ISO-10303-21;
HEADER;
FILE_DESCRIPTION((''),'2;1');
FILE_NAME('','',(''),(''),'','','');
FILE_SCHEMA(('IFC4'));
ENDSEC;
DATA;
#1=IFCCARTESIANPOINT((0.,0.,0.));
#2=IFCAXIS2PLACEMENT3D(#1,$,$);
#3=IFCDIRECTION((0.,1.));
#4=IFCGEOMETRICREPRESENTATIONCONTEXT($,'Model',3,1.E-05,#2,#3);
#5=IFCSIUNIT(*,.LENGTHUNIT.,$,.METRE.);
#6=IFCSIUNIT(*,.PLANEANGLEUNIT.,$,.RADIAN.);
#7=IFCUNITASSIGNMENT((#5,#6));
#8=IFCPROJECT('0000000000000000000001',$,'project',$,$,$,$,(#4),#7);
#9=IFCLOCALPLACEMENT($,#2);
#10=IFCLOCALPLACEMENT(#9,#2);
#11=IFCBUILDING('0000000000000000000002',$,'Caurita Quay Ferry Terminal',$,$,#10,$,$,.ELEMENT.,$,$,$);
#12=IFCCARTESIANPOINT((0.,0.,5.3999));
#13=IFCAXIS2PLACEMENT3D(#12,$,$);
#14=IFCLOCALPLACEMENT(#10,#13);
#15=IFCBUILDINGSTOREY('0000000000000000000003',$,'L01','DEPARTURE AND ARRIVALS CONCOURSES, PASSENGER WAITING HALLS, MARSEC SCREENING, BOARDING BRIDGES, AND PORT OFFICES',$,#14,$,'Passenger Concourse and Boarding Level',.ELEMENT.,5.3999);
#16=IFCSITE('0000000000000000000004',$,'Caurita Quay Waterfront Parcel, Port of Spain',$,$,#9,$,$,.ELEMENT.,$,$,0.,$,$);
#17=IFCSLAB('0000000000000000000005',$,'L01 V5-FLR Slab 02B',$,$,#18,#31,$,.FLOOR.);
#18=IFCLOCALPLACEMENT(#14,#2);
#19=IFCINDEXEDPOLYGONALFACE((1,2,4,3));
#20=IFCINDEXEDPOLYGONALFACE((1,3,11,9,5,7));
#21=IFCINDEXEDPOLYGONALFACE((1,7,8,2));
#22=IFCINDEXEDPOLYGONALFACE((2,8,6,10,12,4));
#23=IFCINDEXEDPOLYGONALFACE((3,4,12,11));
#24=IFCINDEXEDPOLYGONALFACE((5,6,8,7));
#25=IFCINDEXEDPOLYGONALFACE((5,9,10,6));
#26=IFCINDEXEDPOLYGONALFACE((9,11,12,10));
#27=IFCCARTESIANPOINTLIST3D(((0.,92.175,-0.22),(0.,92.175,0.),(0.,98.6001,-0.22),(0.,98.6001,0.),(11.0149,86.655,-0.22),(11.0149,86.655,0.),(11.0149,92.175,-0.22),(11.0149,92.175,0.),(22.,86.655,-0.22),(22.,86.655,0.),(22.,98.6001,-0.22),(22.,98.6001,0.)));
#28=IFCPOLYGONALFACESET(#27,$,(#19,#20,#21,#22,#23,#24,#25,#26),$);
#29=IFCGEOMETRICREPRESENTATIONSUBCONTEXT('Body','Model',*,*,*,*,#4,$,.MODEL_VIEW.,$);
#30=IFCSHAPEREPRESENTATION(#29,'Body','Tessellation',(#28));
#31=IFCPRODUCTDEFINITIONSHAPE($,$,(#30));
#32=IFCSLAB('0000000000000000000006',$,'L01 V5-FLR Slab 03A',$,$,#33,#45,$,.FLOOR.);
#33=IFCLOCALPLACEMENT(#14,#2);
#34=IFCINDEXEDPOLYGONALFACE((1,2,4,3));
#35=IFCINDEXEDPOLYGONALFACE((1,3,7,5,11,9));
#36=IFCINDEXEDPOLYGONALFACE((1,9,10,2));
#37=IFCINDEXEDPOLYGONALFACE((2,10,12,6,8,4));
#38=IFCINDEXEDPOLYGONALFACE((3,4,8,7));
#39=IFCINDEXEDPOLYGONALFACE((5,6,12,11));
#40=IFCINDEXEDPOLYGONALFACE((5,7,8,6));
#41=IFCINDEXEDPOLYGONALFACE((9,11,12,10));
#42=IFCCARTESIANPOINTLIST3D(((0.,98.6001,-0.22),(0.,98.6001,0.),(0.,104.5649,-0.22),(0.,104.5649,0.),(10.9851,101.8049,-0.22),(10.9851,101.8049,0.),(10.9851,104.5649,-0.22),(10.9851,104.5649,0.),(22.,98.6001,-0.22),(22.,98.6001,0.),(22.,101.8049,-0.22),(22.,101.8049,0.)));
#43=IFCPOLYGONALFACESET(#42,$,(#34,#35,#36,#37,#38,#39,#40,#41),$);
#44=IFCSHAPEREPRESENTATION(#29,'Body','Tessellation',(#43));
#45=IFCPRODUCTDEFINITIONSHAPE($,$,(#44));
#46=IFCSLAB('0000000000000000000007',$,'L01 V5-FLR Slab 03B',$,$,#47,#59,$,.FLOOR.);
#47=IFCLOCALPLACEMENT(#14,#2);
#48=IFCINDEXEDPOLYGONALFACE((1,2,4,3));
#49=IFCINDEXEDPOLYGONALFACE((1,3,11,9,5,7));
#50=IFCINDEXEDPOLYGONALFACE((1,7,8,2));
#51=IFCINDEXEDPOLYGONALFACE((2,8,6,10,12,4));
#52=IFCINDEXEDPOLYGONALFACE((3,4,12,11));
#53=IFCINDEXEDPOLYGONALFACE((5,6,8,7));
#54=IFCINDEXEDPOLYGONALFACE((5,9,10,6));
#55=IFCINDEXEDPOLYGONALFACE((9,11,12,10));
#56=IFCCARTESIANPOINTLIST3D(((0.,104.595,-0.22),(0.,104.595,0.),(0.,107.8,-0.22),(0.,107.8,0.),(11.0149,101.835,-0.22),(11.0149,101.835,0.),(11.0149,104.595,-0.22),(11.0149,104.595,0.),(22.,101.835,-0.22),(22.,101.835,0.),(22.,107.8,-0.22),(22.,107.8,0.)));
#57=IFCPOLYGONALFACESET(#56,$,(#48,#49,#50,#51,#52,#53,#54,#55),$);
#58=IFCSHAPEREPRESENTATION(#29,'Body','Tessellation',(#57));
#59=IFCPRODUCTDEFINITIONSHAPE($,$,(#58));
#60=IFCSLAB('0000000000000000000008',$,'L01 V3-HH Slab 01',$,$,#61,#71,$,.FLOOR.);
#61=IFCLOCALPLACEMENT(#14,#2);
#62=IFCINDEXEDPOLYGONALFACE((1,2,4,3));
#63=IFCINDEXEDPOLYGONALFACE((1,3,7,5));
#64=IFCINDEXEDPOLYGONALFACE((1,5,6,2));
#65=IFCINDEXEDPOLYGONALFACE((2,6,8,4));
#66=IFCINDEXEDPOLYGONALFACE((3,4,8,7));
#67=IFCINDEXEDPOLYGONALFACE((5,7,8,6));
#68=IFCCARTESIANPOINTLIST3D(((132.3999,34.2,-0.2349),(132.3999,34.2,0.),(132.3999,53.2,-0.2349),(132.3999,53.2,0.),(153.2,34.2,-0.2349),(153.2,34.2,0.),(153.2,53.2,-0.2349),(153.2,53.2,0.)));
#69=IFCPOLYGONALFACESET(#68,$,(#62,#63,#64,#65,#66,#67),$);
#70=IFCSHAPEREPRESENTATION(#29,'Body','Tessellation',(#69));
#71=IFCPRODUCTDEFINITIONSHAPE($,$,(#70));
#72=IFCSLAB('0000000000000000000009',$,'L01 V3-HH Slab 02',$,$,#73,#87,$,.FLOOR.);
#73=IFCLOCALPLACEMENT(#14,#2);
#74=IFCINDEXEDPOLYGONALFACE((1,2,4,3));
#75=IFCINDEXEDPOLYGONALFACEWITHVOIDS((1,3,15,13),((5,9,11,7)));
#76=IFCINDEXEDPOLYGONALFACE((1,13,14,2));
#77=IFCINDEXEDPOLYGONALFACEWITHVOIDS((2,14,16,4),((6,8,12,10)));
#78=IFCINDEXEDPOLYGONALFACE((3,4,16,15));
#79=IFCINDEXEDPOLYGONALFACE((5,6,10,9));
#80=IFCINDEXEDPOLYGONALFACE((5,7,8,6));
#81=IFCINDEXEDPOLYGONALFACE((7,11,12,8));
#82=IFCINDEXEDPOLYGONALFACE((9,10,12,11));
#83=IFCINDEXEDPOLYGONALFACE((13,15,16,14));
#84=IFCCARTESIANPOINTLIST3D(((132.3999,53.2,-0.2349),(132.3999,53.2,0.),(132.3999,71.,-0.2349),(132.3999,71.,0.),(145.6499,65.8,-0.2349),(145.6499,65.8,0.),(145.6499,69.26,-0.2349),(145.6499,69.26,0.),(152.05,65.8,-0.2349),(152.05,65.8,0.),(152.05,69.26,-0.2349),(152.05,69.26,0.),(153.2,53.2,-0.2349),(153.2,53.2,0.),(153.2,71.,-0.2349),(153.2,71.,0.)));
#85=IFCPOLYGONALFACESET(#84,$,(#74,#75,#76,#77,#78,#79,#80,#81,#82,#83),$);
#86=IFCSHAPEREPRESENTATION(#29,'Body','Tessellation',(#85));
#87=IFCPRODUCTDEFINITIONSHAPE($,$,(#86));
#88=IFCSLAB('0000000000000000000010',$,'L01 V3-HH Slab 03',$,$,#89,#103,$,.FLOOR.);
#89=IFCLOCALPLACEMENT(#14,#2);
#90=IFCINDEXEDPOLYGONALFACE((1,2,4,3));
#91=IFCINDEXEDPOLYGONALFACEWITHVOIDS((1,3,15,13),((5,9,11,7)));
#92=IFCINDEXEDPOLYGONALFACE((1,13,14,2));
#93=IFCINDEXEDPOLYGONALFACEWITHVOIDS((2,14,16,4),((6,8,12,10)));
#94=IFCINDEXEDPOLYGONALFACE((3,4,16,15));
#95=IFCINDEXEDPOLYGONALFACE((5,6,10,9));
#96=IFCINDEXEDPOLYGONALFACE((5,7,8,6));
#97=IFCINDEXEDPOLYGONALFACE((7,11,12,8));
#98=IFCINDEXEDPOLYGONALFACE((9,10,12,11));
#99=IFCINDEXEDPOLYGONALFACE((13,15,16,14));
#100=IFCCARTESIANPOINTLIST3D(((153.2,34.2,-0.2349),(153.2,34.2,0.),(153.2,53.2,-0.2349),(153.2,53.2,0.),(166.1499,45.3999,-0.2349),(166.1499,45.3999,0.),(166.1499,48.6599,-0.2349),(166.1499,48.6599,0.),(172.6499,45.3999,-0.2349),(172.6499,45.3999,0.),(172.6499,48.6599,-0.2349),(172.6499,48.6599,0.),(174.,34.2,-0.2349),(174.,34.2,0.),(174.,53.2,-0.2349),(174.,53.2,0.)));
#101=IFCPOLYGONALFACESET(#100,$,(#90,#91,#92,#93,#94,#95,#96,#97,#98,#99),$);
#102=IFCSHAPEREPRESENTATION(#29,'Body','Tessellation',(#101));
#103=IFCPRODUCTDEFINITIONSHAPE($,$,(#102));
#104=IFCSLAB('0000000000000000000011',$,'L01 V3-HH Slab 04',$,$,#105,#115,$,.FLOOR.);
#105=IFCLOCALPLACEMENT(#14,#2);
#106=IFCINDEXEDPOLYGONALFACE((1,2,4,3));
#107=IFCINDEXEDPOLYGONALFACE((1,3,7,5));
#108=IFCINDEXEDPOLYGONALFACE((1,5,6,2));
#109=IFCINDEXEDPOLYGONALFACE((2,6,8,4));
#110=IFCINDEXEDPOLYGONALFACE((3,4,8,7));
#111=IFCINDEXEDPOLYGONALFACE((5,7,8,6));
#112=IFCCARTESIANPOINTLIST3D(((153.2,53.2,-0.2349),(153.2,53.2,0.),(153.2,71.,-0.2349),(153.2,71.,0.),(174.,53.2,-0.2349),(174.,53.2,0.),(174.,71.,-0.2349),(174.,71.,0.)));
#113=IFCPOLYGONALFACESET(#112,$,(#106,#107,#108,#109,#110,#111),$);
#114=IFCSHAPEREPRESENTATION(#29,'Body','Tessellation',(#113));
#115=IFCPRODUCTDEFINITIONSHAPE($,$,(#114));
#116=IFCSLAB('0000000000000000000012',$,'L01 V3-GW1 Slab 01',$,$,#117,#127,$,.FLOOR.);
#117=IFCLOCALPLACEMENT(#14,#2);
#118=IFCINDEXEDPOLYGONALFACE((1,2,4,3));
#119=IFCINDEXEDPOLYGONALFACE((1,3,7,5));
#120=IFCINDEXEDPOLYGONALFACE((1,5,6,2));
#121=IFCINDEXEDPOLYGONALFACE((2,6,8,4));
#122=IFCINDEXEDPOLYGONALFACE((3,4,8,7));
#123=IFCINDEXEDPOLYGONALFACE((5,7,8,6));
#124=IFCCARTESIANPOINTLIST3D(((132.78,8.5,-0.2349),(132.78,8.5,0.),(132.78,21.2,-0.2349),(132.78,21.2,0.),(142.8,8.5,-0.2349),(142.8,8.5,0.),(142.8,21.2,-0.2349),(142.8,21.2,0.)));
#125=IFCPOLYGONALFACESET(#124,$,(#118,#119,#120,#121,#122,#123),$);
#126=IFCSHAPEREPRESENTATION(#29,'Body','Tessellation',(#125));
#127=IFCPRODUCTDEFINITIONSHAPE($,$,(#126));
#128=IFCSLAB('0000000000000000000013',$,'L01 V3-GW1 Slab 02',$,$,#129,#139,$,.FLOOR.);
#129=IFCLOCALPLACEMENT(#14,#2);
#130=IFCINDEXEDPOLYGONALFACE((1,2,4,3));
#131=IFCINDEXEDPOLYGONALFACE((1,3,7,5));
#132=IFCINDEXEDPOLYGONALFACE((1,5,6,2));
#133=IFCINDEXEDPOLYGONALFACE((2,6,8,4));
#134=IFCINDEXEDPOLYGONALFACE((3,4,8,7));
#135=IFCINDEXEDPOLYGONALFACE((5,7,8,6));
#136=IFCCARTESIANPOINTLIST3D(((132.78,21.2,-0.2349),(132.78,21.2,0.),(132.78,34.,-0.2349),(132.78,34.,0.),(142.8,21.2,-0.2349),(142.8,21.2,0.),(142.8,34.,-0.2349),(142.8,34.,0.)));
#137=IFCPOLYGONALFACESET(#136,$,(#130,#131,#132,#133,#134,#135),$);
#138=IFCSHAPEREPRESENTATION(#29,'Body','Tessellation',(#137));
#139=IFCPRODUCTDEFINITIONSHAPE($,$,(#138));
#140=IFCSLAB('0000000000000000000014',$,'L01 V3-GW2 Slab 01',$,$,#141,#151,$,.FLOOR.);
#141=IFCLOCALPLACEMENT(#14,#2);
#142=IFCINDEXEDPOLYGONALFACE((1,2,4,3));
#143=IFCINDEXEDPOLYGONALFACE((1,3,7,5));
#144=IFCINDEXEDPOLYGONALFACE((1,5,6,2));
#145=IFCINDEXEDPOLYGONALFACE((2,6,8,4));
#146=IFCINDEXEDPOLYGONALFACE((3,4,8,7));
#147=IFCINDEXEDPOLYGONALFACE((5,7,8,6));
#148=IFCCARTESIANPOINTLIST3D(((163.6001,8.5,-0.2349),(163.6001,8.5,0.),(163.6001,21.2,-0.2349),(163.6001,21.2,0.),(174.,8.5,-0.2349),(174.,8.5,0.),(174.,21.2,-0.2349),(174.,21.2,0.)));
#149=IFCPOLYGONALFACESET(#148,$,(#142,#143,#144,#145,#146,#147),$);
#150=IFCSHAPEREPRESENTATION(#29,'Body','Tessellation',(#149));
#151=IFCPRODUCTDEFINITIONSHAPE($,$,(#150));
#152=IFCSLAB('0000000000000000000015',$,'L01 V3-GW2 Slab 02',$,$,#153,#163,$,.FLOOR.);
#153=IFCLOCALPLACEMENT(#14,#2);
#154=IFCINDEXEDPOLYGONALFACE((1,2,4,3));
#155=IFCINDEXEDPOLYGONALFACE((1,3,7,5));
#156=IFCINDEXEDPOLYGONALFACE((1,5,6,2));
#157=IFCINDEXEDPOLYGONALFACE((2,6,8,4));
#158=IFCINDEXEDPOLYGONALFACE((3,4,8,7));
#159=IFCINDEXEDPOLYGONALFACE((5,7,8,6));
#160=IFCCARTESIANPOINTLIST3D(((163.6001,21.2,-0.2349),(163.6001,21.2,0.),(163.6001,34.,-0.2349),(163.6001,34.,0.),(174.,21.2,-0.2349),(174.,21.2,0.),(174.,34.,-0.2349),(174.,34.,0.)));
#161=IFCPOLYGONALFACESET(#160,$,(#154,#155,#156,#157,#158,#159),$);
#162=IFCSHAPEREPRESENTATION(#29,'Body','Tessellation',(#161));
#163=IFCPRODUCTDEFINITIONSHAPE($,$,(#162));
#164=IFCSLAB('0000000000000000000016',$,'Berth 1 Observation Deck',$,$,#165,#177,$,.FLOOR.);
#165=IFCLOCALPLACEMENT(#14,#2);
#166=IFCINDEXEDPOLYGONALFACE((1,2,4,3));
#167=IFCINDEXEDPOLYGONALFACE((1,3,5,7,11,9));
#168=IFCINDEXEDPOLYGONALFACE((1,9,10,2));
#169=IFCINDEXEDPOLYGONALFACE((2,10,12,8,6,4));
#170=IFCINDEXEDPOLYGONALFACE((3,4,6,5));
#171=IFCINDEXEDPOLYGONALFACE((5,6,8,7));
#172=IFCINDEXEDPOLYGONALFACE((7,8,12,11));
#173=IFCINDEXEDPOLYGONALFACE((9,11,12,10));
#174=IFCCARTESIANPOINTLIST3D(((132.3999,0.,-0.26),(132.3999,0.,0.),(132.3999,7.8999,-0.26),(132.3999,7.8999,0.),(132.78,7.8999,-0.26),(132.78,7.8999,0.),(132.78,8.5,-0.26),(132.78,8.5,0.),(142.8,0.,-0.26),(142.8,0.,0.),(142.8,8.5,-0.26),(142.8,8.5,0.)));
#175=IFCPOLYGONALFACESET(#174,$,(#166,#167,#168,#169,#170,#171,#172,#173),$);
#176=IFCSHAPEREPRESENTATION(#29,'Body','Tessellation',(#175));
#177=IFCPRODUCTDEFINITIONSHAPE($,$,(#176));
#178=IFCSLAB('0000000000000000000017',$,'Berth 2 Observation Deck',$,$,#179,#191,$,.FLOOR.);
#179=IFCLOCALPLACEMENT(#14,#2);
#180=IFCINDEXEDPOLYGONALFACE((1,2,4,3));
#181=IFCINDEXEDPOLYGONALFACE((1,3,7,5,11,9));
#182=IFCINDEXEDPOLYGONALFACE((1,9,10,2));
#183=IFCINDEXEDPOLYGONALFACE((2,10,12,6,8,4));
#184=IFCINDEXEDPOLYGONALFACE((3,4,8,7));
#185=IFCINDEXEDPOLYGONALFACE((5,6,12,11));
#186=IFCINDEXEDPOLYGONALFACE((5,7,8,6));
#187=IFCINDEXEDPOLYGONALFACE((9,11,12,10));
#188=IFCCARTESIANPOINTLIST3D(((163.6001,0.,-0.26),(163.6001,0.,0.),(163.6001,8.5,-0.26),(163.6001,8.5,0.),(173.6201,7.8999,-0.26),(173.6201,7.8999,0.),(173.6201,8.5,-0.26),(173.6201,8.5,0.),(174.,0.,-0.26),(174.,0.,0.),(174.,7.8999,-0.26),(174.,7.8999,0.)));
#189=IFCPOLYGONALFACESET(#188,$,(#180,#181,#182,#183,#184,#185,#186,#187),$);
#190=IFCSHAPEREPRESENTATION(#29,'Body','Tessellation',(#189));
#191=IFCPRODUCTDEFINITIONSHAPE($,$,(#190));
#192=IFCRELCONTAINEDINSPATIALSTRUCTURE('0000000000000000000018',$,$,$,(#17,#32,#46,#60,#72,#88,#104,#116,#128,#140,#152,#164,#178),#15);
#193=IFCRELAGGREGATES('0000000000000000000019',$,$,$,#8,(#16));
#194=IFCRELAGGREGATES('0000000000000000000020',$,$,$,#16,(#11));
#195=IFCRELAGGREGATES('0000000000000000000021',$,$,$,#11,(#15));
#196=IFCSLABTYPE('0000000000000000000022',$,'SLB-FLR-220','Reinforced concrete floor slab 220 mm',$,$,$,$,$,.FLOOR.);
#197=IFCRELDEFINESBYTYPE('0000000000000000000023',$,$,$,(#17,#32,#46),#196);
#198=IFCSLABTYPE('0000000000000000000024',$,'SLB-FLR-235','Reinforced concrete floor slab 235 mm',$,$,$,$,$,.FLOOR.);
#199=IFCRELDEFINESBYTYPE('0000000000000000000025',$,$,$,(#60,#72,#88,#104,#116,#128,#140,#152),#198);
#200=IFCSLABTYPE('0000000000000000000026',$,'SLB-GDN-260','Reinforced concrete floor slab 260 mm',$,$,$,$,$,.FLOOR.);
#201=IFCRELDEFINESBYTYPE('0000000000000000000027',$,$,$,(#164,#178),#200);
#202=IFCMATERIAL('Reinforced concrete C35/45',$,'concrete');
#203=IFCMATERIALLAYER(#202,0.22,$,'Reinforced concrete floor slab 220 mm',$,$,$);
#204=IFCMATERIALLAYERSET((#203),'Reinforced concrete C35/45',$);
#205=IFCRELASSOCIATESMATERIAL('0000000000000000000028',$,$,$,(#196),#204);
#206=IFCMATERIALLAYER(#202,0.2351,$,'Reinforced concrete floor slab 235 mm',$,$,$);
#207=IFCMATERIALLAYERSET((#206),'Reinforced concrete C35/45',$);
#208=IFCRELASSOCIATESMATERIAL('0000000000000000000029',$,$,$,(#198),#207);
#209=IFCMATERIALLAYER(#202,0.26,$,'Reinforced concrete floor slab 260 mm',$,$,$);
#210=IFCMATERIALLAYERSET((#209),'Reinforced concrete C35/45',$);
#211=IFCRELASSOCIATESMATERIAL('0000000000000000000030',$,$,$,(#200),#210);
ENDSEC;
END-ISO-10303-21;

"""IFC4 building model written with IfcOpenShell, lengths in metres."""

from ifc_helpers import new_model, si_unit, direction, frame, origin, place, context, subcontext, project, spatial, polyline, outline, extrude, material, layer, layer_set, type_object, element, save


model = new_model("IFC4")

# Units and contexts
model_context = context("Model", 3, precision=1e-05, world=origin(), true_north=direction((0.0, 1.0)))
body_context = subcontext(model_context, "Body", "Model", "MODEL_VIEW")
ifc_project = project(units=[si_unit("LENGTHUNIT", "METRE"), si_unit("PLANEANGLEUNIT", "RADIAN")], contexts=[model_context])

# Site, building, storey
site_placement = place(None, origin())
site = spatial("IfcSite", under=ifc_project, at=site_placement, Name="Caurita Quay Waterfront Parcel, Port of Spain", CompositionType="ELEMENT", RefElevation=0.0)
building_placement = place(site_placement, origin())
building = spatial("IfcBuilding", under=site, at=building_placement, Name="Caurita Quay Ferry Terminal", CompositionType="ELEMENT")
storey_placement = place(building_placement, frame((0.0, 0.0, 5.3999)))
storey = spatial("IfcBuildingStorey", under=building, at=storey_placement, Name="L01", Description="DEPARTURE AND ARRIVALS CONCOURSES, PASSENGER WAITING HALLS, MARSEC SCREENING, BOARDING BRIDGES, AND PORT OFFICES", LongName="Passenger Concourse and Boarding Level", CompositionType="ELEMENT", Elevation=5.3999)

# Slabs
ifc_material = material(Name="Reinforced concrete C35/45", Category="concrete")
ifc_layer_1 = layer(ifc_material, 0.22, Name="Reinforced concrete floor slab 220 mm")
ifc_layer_set_1 = layer_set([ifc_layer_1], Name="Reinforced concrete C35/45")
slab_type_1 = type_object("IfcSlabType", Name="SLB-FLR-220", Description="Reinforced concrete floor slab 220 mm", PredefinedType="FLOOR", material=ifc_layer_set_1)
slab_1_placement = place(storey_placement, frame((0.0, 0.0, -0.22)))
element("IfcSlab", 1, at=slab_1_placement, inside=storey, type_object=slab_type_1, Name="L01 V5-FLR Slab 02B", PredefinedType="FLOOR", context=body_context, shape_type="SweptSolid", body=[
    extrude(outline(polyline([(11.0149, 86.655), (22.0, 86.655), (22.0, 98.6001), (0.0, 98.6001), (0.0, 92.175), (11.0149, 92.175), (11.0149, 86.655)])), origin(), (0.0, 0.0, 1.0), 0.22),
])
slab_2_placement = place(storey_placement, frame((0.0, 0.0, -0.22)))
element("IfcSlab", 2, at=slab_2_placement, inside=storey, type_object=slab_type_1, Name="L01 V5-FLR Slab 03A", PredefinedType="FLOOR", context=body_context, shape_type="SweptSolid", body=[
    extrude(outline(polyline([(0.0, 98.6001), (22.0, 98.6001), (22.0, 101.8049), (10.9851, 101.8049), (10.9851, 104.5649), (0.0, 104.5649), (0.0, 98.6001)])), origin(), (0.0, 0.0, 1.0), 0.22),
])
slab_3_placement = place(storey_placement, frame((0.0, 0.0, -0.22)))
element("IfcSlab", 3, at=slab_3_placement, inside=storey, type_object=slab_type_1, Name="L01 V5-FLR Slab 03B", PredefinedType="FLOOR", context=body_context, shape_type="SweptSolid", body=[
    extrude(outline(polyline([(11.0149, 101.835), (22.0, 101.835), (22.0, 107.8), (0.0, 107.8), (0.0, 104.595), (11.0149, 104.595), (11.0149, 101.835)])), origin(), (0.0, 0.0, 1.0), 0.22),
])
ifc_layer_2 = layer(ifc_material, 0.2351, Name="Reinforced concrete floor slab 235 mm")
ifc_layer_set_2 = layer_set([ifc_layer_2], Name="Reinforced concrete C35/45")
slab_type_2 = type_object("IfcSlabType", Name="SLB-FLR-235", Description="Reinforced concrete floor slab 235 mm", PredefinedType="FLOOR", material=ifc_layer_set_2)
slab_4_placement = place(storey_placement, frame((0.0, 0.0, -0.2349)))
element("IfcSlab", 4, at=slab_4_placement, inside=storey, type_object=slab_type_2, Name="L01 V3-HH Slab 01", PredefinedType="FLOOR", context=body_context, shape_type="SweptSolid", body=[
    extrude(outline(polyline([(132.3999, 34.2), (153.2, 34.2), (153.2, 53.2), (132.3999, 53.2), (132.3999, 34.2)])), origin(), (0.0, 0.0, 1.0), 0.2349),
])
slab_5_placement = place(storey_placement, frame((0.0, 0.0, -0.2349)))
element("IfcSlab", 5, at=slab_5_placement, inside=storey, type_object=slab_type_2, Name="L01 V3-HH Slab 02", PredefinedType="FLOOR", context=body_context, shape_type="SweptSolid", body=[
    extrude(outline(polyline([(132.3999, 53.2), (153.2, 53.2), (153.2, 71.0), (132.3999, 71.0), (132.3999, 53.2)]), holes=[polyline([(145.6499, 65.8), (152.05, 65.8), (152.05, 69.26), (145.6499, 69.26), (145.6499, 65.8)])]), origin(), (0.0, 0.0, 1.0), 0.2349),
])
slab_6_placement = place(storey_placement, frame((0.0, 0.0, -0.2349)))
element("IfcSlab", 6, at=slab_6_placement, inside=storey, type_object=slab_type_2, Name="L01 V3-HH Slab 03", PredefinedType="FLOOR", context=body_context, shape_type="SweptSolid", body=[
    extrude(outline(polyline([(153.2, 34.2), (174.0, 34.2), (174.0, 53.2), (153.2, 53.2), (153.2, 34.2)]), holes=[polyline([(166.1499, 45.3999), (172.6499, 45.3999), (172.6499, 48.6599), (166.1499, 48.6599), (166.1499, 45.3999)])]), origin(), (0.0, 0.0, 1.0), 0.2349),
])
slab_7_placement = place(storey_placement, frame((0.0, 0.0, -0.2349)))
element("IfcSlab", 7, at=slab_7_placement, inside=storey, type_object=slab_type_2, Name="L01 V3-HH Slab 04", PredefinedType="FLOOR", context=body_context, shape_type="SweptSolid", body=[
    extrude(outline(polyline([(153.2, 53.2), (174.0, 53.2), (174.0, 71.0), (153.2, 71.0), (153.2, 53.2)])), origin(), (0.0, 0.0, 1.0), 0.2349),
])
slab_8_placement = place(storey_placement, frame((0.0, 0.0, -0.2349)))
element("IfcSlab", 8, at=slab_8_placement, inside=storey, type_object=slab_type_2, Name="L01 V3-GW1 Slab 01", PredefinedType="FLOOR", context=body_context, shape_type="SweptSolid", body=[
    extrude(outline(polyline([(132.78, 8.5), (142.8, 8.5), (142.8, 21.2), (132.78, 21.2), (132.78, 8.5)])), origin(), (0.0, 0.0, 1.0), 0.2349),
])
slab_9_placement = place(storey_placement, frame((0.0, 0.0, -0.2349)))
element("IfcSlab", 9, at=slab_9_placement, inside=storey, type_object=slab_type_2, Name="L01 V3-GW1 Slab 02", PredefinedType="FLOOR", context=body_context, shape_type="SweptSolid", body=[
    extrude(outline(polyline([(132.78, 21.2), (142.8, 21.2), (142.8, 34.0), (132.78, 34.0), (132.78, 21.2)])), origin(), (0.0, 0.0, 1.0), 0.2349),
])
slab_10_placement = place(storey_placement, frame((0.0, 0.0, -0.2349)))
element("IfcSlab", 10, at=slab_10_placement, inside=storey, type_object=slab_type_2, Name="L01 V3-GW2 Slab 01", PredefinedType="FLOOR", context=body_context, shape_type="SweptSolid", body=[
    extrude(outline(polyline([(163.6001, 8.5), (174.0, 8.5), (174.0, 21.2), (163.6001, 21.2), (163.6001, 8.5)])), origin(), (0.0, 0.0, 1.0), 0.2349),
])
slab_11_placement = place(storey_placement, frame((0.0, 0.0, -0.2349)))
element("IfcSlab", 11, at=slab_11_placement, inside=storey, type_object=slab_type_2, Name="L01 V3-GW2 Slab 02", PredefinedType="FLOOR", context=body_context, shape_type="SweptSolid", body=[
    extrude(outline(polyline([(163.6001, 21.2), (174.0, 21.2), (174.0, 34.0), (163.6001, 34.0), (163.6001, 21.2)])), origin(), (0.0, 0.0, 1.0), 0.2349),
])
ifc_layer_3 = layer(ifc_material, 0.26, Name="Reinforced concrete floor slab 260 mm")
ifc_layer_set_3 = layer_set([ifc_layer_3], Name="Reinforced concrete C35/45")
slab_type_3 = type_object("IfcSlabType", Name="SLB-GDN-260", Description="Reinforced concrete floor slab 260 mm", PredefinedType="FLOOR", material=ifc_layer_set_3)
slab_12_placement = place(storey_placement, frame((0.0, 0.0, -0.26)))
element("IfcSlab", 12, at=slab_12_placement, inside=storey, type_object=slab_type_3, Name="Berth 1 Observation Deck", PredefinedType="FLOOR", context=body_context, shape_type="SweptSolid", body=[
    extrude(outline(polyline([(132.3999, 0.0), (142.8, 0.0), (142.8, 8.5), (132.78, 8.5), (132.78, 7.8999), (132.3999, 7.8999), (132.3999, 0.0)])), origin(), (0.0, 0.0, 1.0), 0.26),
])
slab_13_placement = place(storey_placement, frame((0.0, 0.0, -0.26)))
element("IfcSlab", 13, at=slab_13_placement, inside=storey, type_object=slab_type_3, Name="Berth 2 Observation Deck", PredefinedType="FLOOR", context=body_context, shape_type="SweptSolid", body=[
    extrude(outline(polyline([(163.6001, 0.0), (174.0, 0.0), (174.0, 7.8999), (173.6201, 7.8999), (173.6201, 8.5), (163.6001, 8.5), (163.6001, 0.0)])), origin(), (0.0, 0.0, 1.0), 0.26),
])

save(model, "model.ifc")
